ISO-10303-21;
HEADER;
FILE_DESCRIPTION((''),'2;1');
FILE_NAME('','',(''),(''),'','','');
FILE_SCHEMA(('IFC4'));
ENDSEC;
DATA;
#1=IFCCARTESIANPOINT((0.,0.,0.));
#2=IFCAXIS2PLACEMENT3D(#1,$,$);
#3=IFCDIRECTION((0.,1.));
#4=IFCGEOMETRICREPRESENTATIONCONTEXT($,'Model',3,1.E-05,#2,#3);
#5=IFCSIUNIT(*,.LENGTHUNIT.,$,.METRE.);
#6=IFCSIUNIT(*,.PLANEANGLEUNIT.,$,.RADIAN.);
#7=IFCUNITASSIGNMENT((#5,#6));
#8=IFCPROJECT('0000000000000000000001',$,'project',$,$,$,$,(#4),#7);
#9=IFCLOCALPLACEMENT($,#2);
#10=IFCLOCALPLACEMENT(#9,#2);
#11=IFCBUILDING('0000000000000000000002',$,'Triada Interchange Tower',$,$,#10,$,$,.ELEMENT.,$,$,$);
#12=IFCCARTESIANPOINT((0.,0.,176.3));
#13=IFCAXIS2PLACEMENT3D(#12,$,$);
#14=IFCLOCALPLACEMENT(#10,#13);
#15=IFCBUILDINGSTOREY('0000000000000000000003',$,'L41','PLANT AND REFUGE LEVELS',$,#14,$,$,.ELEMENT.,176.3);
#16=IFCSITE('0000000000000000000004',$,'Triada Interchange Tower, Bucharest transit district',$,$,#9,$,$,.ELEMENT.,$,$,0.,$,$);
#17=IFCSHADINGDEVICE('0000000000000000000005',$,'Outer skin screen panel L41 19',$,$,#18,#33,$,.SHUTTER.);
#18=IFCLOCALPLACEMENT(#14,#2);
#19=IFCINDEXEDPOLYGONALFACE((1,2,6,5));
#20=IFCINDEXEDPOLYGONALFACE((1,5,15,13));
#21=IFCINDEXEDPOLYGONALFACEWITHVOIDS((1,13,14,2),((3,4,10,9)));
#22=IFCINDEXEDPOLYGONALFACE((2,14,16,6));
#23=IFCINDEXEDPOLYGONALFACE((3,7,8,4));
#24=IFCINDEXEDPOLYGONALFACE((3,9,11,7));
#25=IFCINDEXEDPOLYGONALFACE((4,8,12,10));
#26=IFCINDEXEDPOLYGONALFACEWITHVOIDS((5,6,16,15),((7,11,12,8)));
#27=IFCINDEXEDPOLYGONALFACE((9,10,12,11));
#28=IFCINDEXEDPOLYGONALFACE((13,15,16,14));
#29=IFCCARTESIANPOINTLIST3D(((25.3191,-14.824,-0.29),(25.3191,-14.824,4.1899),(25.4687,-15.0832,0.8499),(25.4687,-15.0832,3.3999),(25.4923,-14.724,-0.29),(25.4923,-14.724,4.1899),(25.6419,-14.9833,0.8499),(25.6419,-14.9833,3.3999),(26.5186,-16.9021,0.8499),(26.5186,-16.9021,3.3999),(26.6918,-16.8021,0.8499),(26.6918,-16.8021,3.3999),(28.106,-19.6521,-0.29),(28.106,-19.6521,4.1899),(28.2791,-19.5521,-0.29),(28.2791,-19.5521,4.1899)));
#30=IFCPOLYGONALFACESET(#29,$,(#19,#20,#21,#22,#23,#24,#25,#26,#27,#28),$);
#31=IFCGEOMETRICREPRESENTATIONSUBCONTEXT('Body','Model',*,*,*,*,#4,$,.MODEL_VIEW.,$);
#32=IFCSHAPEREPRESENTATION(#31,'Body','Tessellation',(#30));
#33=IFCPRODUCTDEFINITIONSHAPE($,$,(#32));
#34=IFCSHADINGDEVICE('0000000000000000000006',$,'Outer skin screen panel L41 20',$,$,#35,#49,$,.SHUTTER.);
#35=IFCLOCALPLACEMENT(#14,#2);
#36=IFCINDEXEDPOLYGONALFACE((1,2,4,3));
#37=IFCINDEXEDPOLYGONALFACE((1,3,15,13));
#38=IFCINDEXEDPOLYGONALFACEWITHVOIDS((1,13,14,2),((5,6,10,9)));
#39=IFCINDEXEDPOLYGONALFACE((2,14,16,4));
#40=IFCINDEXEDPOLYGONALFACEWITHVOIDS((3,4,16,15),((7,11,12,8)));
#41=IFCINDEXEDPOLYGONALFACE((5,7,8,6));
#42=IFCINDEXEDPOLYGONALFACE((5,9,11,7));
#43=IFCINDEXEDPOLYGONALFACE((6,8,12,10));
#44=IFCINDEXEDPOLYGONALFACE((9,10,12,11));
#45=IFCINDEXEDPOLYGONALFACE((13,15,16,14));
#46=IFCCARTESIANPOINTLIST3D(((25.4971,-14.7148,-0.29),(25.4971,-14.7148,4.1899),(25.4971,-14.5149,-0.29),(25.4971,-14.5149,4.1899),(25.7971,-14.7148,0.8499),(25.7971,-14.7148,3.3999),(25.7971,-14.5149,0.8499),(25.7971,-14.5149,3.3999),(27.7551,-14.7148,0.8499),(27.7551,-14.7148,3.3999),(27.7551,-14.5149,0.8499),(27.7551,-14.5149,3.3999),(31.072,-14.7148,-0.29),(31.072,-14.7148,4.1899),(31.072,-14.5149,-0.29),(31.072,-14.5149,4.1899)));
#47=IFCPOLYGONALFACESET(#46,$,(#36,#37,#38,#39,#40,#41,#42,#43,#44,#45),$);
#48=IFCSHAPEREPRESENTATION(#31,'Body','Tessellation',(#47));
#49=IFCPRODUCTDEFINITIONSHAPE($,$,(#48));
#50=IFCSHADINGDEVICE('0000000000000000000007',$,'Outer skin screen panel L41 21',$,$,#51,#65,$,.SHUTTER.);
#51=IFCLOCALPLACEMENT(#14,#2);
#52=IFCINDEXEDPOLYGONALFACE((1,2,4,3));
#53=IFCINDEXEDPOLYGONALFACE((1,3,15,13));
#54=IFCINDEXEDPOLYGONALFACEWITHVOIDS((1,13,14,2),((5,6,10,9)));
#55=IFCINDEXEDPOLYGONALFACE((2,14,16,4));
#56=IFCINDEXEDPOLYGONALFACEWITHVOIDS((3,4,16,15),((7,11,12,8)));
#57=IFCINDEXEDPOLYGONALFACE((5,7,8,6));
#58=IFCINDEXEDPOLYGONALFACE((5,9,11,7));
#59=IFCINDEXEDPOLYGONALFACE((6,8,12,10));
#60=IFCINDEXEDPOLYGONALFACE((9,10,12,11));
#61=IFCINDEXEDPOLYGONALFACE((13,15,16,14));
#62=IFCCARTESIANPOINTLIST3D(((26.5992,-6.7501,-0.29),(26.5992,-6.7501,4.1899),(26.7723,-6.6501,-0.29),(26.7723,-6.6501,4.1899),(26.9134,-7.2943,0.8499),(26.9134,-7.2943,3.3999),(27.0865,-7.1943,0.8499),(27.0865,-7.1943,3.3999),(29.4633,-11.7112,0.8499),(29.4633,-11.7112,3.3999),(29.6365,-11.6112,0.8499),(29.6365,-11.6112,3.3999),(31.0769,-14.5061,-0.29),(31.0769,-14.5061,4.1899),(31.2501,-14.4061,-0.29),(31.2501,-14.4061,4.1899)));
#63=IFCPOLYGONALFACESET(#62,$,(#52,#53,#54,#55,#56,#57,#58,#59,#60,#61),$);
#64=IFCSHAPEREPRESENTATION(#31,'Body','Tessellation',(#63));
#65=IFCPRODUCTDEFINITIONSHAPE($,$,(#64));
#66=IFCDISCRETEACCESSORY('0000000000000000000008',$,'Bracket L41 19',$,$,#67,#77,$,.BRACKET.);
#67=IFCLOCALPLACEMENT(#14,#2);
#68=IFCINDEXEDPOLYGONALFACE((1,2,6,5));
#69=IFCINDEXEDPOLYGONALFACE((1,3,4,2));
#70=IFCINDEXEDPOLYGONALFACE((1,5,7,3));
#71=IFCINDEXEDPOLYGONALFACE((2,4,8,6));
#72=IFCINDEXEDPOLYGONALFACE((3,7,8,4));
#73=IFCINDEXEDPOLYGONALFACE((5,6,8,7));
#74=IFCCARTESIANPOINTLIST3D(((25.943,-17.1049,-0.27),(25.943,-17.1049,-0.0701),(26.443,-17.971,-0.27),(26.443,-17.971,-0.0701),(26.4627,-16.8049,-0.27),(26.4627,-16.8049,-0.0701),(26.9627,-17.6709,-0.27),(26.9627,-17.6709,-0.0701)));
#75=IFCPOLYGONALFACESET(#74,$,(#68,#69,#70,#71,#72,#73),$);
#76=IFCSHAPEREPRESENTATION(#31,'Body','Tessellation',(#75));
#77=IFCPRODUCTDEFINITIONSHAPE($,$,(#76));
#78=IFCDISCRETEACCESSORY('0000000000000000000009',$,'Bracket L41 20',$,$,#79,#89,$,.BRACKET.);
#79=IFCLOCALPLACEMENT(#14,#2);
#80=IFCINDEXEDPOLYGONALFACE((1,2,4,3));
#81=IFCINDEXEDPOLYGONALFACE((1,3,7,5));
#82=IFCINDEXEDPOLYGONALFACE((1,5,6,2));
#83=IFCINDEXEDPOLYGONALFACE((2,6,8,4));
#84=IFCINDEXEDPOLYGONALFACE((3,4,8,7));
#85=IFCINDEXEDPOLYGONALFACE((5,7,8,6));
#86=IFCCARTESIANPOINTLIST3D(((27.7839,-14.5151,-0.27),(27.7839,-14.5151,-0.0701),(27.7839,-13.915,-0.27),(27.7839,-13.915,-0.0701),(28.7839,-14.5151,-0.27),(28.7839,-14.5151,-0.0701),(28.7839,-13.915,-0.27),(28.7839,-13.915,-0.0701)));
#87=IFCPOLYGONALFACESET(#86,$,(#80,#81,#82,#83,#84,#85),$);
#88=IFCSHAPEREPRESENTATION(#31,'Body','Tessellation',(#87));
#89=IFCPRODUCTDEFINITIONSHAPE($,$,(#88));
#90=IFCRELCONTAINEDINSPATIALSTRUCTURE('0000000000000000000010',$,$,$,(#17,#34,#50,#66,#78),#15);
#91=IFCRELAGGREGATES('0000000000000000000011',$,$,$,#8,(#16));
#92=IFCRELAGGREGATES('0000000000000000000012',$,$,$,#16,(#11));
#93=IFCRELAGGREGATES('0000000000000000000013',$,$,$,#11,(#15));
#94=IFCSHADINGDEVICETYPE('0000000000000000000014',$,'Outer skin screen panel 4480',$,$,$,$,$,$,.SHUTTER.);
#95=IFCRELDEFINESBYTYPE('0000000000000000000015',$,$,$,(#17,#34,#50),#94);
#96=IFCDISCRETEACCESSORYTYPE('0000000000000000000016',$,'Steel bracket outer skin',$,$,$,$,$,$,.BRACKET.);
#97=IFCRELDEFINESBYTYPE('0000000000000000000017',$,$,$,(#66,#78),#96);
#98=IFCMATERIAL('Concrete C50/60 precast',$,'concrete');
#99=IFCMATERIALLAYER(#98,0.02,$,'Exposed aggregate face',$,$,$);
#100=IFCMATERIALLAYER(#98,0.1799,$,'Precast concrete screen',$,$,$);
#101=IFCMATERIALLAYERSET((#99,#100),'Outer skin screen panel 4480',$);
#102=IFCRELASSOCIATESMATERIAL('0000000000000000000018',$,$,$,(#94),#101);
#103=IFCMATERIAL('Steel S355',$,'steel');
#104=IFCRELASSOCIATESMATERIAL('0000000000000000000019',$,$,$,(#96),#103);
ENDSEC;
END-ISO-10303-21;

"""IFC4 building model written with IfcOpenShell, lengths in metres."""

from ifc_helpers import new_model, si_unit, direction, frame, origin, origin_2d, place, context, subcontext, project, spatial, polyline, rectangle, outline, extrude, material, layer, layer_set, type_object, element, save


model = new_model("IFC4")

# Units and contexts
model_context = context("Model", 3, precision=1e-05, world=origin(), true_north=direction((0.0, 1.0)))
body_context = subcontext(model_context, "Body", "Model", "MODEL_VIEW")
ifc_project = project(units=[si_unit("LENGTHUNIT", "METRE"), si_unit("PLANEANGLEUNIT", "RADIAN")], contexts=[model_context])

# Site, building, storey
site_placement = place(None, origin())
site = spatial("IfcSite", under=ifc_project, at=site_placement, Name="Triada Interchange Tower, Bucharest transit district", CompositionType="ELEMENT", RefElevation=0.0)
building_placement = place(site_placement, origin())
building = spatial("IfcBuilding", under=site, at=building_placement, Name="Triada Interchange Tower", CompositionType="ELEMENT")
storey_placement = place(building_placement, frame((0.0, 0.0, 176.3)))
storey = spatial("IfcBuildingStorey", under=building, at=storey_placement, Name="L41", Description="PLANT AND REFUGE LEVELS", CompositionType="ELEMENT", Elevation=176.3)

# Shared definitions
ifc_material_1 = material(Name="Steel S355", Category="steel")

# Shading devices
ifc_material_2 = material(Name="Concrete C50/60 precast", Category="concrete")
ifc_layer_1 = layer(ifc_material_2, 0.02, Name="Exposed aggregate face")
ifc_layer_2 = layer(ifc_material_2, 0.1799, Name="Precast concrete screen")
ifc_layer_set_1 = layer_set([ifc_layer_1, ifc_layer_2], Name="Outer skin screen panel 4480")
shading_device_type = type_object("IfcShadingDeviceType", Name="Outer skin screen panel 4480", PredefinedType="SHUTTER", material=ifc_layer_set_1)
shading_device_1_placement = place(storey_placement, frame((28.106, -19.6521, -0.29), z_axis=(0.0, 0.0, 1.0), x_axis=(-0.499912, 0.866076, 0.0)))
element("IfcShadingDevice", 1, at=shading_device_1_placement, inside=storey, type_object=shading_device_type, Name="Outer skin screen panel L41 19", PredefinedType="SHUTTER", context=body_context, shape_type="SweptSolid", body=[
    extrude(outline(polyline([(0.0, 0.0), (5.5747, 0.0), (5.5747, 4.48), (0.0, 4.48), (0.0, 0.0)]), holes=[polyline([(3.1753, 1.1399), (3.1753, 3.6899), (5.2754, 3.6899), (5.2754, 1.1399), (3.1753, 1.1399)])]), frame((0.0, 0.0, 0.0), z_axis=(0.0, -1.0, 0.0), x_axis=(1.0, 0.0, 0.0)), (0.0, 0.0, 1.0), 0.2),
])
shading_device_2_placement = place(storey_placement, frame((25.4971, -14.5149, -0.29), z_axis=(0.0, 0.0, 1.0), x_axis=(1.0, 0.0, 0.0)))
element("IfcShadingDevice", 2, at=shading_device_2_placement, inside=storey, type_object=shading_device_type, Name="Outer skin screen panel L41 20", PredefinedType="SHUTTER", context=body_context, shape_type="SweptSolid", body=[
    extrude(outline(polyline([(0.0, 0.0), (5.575, 0.0), (5.575, 4.48), (0.0, 4.48), (0.0, 0.0)]), holes=[polyline([(0.3, 1.1399), (0.3, 3.6899), (2.2581, 3.6899), (2.2581, 1.1399), (0.3, 1.1399)])]), frame((0.0, 0.0, 0.0), z_axis=(0.0, -1.0, 0.0), x_axis=(1.0, 0.0, 0.0)), (0.0, 0.0, 1.0), 0.2),
])
shading_device_3_placement = place(storey_placement, frame((31.0769, -14.5061, -0.29), z_axis=(0.0, 0.0, 1.0), x_axis=(-0.499983, 0.866035, 0.0)))
element("IfcShadingDevice", 3, at=shading_device_3_placement, inside=storey, type_object=shading_device_type, Name="Outer skin screen panel L41 21", PredefinedType="SHUTTER", context=body_context, shape_type="SweptSolid", body=[
    extrude(outline(polyline([(0.0, 0.0), (8.9558, 0.0), (8.9558, 4.48), (0.0, 4.48), (0.0, 0.0)]), holes=[polyline([(3.2273, 1.1399), (3.2273, 3.6899), (8.3274, 3.6899), (8.3274, 1.1399), (3.2273, 1.1399)])]), frame((0.0, 0.0, 0.0), z_axis=(0.0, -1.0, 0.0), x_axis=(1.0, 0.0, 0.0)), (0.0, 0.0, 1.0), 0.2),
])

# Discrete accessories
discrete_accessory_type = type_object("IfcDiscreteAccessoryType", Name="Steel bracket outer skin", PredefinedType="BRACKET", material=ifc_material_1)
for number, where, z_axis, x_axis, name in (
    (4, (26.4529, -17.3879, -0.27), (0.0, 0.0, 1.0), (0.866029, 0.499994, 0.0), "Bracket L41 19"),
    (5, (28.2839, -14.2151, -0.27), (0.0, 0.0, 1.0), (0.0, -1.0, 0.0), "Bracket L41 20"),
):
    element("IfcDiscreteAccessory", number, at=place(storey_placement, frame(where, z_axis=z_axis, x_axis=x_axis)), inside=storey, type_object=discrete_accessory_type, Name=name, PredefinedType="BRACKET", context=body_context, shape_type="SweptSolid", body=[
        extrude(rectangle(XDim=0.6001, YDim=1.0, at=origin_2d()), origin(), (0.0, 0.0, 1.0), 0.2),
    ])

save(model, "model.ifc")
